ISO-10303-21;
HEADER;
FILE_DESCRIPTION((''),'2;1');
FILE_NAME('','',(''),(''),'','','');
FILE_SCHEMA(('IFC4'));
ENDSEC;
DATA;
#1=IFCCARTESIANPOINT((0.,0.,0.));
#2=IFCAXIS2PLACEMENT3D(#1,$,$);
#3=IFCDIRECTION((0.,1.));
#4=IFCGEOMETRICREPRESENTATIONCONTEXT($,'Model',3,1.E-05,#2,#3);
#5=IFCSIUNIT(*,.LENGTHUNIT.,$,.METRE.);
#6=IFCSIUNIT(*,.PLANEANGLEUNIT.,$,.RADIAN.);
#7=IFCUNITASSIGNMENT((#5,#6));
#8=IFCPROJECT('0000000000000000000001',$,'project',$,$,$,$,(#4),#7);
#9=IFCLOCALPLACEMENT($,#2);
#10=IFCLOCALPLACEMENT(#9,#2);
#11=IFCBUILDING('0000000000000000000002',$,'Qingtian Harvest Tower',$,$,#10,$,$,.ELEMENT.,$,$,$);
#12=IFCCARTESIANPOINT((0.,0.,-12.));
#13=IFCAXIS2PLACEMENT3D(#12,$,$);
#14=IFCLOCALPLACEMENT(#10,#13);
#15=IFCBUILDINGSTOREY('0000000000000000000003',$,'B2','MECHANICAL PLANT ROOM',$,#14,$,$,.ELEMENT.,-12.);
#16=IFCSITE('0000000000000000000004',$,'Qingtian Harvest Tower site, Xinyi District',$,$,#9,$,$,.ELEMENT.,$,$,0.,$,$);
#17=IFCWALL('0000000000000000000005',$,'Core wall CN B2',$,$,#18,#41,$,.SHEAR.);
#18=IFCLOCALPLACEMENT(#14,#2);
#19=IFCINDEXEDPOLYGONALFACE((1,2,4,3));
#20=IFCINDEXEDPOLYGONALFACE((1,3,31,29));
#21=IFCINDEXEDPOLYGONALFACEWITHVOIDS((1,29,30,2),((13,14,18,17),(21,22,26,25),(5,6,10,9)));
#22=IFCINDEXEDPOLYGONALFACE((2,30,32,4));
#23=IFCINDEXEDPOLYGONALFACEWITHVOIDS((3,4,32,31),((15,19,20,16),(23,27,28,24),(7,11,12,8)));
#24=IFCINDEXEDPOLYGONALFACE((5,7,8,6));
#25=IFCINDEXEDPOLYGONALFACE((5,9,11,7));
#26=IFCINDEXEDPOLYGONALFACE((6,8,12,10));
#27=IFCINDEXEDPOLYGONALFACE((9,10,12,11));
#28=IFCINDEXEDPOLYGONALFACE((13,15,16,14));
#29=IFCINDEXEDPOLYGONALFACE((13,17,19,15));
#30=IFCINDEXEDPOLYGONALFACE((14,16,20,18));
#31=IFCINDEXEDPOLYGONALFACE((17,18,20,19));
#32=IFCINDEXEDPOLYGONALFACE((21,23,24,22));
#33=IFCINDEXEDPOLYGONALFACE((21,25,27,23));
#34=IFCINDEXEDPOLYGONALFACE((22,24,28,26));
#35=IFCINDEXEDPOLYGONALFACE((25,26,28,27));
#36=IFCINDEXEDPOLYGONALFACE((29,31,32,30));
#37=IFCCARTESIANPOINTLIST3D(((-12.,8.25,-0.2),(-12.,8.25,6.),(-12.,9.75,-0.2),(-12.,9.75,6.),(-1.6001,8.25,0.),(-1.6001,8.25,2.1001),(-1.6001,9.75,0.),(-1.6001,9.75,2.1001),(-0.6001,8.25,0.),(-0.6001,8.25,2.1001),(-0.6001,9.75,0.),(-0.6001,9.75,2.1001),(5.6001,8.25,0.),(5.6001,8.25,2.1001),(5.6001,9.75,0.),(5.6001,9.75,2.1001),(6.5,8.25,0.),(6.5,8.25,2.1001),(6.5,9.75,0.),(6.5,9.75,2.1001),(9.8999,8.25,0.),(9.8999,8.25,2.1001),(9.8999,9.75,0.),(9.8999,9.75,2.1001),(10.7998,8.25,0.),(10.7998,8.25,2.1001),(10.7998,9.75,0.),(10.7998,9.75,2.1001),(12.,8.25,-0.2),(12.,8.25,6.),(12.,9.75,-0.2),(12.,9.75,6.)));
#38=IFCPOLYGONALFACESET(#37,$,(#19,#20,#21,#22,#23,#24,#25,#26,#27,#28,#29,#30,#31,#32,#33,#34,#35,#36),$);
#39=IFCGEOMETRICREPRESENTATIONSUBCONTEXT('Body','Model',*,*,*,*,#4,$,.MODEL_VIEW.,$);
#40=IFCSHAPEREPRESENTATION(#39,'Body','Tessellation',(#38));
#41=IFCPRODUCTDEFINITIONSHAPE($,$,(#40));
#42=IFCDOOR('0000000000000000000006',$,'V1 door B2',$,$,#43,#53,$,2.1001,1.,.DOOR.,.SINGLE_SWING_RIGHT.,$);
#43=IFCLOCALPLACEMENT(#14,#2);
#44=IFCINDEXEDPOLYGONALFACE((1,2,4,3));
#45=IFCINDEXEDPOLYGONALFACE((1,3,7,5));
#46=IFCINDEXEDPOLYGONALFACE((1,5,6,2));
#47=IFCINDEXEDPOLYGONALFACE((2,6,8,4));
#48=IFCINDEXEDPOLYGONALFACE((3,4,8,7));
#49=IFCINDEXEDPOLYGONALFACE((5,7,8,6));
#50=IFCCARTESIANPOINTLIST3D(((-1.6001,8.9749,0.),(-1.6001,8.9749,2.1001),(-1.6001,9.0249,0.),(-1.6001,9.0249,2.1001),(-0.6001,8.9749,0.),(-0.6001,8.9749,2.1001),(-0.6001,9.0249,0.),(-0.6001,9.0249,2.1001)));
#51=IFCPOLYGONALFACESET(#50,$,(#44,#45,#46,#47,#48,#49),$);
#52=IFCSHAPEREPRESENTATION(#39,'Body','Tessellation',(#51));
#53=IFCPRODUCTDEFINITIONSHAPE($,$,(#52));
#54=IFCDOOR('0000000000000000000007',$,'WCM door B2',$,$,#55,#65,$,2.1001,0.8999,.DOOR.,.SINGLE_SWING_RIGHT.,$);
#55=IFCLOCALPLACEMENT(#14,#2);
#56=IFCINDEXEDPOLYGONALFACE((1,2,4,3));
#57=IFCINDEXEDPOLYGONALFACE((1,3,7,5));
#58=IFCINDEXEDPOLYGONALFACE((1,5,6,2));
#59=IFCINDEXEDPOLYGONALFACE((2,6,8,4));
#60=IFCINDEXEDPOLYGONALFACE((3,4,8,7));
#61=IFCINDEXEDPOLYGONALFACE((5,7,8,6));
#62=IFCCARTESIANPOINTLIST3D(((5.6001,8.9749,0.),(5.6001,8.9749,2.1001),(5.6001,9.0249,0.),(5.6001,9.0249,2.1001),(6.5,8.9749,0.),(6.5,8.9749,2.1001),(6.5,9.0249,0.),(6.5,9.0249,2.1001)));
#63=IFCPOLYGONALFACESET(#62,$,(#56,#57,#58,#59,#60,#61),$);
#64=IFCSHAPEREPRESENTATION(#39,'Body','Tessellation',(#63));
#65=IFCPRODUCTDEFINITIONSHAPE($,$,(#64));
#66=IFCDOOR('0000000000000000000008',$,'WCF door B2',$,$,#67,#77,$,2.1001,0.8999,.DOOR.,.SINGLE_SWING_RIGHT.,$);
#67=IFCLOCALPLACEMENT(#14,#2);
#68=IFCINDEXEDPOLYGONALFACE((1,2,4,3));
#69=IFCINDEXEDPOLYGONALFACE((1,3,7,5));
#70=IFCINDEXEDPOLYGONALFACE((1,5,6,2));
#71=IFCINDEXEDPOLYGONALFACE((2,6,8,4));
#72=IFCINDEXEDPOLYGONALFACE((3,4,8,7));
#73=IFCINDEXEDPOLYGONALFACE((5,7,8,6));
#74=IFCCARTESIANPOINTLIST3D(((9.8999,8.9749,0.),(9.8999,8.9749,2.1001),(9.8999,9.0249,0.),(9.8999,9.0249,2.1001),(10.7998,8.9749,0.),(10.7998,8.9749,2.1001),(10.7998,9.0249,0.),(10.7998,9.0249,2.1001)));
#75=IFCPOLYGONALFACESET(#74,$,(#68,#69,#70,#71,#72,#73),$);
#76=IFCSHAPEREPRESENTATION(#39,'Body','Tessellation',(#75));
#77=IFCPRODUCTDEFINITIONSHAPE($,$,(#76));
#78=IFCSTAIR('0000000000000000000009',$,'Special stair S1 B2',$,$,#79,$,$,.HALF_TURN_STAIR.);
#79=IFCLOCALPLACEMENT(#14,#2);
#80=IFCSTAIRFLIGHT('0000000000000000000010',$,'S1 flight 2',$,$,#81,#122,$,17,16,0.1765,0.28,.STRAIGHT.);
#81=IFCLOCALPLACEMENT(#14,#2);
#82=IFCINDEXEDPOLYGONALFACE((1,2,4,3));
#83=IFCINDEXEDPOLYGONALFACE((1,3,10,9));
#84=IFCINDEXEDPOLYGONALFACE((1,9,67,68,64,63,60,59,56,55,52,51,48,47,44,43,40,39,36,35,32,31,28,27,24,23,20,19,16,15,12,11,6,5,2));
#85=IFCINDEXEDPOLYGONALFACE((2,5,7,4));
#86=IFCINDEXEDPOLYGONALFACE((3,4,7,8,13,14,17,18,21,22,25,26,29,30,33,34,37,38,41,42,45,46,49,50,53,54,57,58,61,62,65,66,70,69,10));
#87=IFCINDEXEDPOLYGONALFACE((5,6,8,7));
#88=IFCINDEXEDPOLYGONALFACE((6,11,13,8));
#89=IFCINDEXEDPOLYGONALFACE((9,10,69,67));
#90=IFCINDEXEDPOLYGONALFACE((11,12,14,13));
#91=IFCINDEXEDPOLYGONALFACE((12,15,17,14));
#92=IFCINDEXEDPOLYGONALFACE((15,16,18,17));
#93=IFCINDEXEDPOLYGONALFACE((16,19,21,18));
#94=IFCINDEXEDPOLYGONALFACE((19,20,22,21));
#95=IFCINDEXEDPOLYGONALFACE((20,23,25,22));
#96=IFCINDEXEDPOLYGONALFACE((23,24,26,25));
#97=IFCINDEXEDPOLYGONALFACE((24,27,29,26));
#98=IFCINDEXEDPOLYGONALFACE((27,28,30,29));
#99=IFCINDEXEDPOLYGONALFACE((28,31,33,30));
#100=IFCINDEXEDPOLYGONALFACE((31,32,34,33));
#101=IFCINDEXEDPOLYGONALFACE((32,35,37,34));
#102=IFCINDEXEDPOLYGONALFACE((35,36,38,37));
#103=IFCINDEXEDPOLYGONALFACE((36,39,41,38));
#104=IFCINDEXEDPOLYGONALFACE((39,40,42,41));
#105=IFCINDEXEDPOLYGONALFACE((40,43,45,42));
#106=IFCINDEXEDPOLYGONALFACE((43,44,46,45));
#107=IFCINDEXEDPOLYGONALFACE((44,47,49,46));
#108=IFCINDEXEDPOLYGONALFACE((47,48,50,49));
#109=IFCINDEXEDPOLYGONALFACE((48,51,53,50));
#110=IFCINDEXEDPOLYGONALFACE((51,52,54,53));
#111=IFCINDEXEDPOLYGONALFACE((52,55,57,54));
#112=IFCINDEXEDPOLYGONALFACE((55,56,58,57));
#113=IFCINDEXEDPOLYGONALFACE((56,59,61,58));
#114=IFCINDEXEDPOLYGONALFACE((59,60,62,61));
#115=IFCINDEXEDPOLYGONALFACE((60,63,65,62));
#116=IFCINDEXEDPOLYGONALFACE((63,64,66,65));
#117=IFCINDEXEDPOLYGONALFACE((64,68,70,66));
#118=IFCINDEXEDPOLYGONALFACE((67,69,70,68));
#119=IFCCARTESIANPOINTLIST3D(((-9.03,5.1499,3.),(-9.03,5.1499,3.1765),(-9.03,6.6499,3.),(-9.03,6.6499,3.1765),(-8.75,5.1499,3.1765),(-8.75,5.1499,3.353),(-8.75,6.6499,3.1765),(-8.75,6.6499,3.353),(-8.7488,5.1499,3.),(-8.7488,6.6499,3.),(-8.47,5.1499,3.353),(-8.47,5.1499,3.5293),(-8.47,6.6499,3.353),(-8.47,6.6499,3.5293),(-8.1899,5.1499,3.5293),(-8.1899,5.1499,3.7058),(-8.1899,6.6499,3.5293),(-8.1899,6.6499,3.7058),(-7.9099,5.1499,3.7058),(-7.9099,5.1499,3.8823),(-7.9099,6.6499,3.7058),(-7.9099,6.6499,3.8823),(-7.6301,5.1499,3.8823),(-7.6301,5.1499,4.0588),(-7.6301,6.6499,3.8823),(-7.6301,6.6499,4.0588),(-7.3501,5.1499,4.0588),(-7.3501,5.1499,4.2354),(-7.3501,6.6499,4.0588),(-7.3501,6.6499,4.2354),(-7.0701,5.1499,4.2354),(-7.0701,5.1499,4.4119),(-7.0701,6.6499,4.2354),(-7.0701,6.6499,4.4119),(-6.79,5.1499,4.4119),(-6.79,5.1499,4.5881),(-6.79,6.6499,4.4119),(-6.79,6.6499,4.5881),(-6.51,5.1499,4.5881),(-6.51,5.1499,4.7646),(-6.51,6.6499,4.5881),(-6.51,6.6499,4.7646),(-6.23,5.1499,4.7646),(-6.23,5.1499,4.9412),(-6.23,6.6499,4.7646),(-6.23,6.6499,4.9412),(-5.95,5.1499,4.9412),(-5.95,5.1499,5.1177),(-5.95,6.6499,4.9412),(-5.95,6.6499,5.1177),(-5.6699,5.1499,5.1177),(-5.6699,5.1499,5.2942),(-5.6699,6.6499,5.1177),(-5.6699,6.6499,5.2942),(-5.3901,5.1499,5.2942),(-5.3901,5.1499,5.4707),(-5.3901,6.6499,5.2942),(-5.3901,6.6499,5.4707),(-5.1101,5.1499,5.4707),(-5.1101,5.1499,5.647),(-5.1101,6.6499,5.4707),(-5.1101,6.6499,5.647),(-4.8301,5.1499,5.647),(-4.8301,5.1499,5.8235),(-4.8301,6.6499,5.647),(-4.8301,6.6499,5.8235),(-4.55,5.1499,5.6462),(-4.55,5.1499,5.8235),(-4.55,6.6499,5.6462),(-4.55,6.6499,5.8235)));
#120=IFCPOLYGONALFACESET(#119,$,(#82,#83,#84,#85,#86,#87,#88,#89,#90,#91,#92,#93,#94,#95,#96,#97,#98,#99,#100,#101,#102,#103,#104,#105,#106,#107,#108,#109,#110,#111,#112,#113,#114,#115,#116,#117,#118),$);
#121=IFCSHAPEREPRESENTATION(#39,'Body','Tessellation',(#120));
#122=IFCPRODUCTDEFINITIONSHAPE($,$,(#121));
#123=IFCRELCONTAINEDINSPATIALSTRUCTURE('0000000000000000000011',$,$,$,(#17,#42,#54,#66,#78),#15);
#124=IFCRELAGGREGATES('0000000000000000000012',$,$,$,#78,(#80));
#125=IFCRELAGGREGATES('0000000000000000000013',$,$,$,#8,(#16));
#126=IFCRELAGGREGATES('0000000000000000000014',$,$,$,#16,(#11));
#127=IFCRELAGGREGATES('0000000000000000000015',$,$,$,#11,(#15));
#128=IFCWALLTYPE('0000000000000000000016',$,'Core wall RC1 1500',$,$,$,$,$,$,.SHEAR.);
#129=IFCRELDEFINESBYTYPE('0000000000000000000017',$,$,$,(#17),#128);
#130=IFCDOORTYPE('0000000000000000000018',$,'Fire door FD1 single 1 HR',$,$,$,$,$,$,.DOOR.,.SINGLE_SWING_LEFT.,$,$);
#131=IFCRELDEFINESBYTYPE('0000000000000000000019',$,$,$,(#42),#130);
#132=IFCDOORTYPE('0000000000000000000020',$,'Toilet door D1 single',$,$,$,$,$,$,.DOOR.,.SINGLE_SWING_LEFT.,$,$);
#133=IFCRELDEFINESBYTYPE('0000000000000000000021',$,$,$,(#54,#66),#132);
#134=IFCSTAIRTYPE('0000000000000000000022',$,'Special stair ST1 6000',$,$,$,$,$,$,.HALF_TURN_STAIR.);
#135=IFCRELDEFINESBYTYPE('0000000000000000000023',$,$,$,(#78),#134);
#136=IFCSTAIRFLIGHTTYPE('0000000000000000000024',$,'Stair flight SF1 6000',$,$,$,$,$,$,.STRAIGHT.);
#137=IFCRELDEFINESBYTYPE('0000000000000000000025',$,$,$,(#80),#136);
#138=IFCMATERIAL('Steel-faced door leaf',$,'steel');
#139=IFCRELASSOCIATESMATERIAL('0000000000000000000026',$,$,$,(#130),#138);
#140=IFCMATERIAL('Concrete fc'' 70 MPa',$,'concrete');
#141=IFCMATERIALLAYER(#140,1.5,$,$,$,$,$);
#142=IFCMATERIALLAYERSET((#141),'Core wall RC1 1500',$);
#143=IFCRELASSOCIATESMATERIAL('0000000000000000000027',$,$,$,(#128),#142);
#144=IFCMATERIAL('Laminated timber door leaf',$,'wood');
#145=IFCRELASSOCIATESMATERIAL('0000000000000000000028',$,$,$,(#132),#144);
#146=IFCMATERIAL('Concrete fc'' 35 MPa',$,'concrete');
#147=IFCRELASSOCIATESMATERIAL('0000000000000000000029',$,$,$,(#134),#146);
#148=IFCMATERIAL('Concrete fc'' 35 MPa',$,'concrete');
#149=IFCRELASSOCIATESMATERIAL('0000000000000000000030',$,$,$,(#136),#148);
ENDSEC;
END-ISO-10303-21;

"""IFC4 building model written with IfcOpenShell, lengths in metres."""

from ifc_helpers import new_model, si_unit, direction, frame, frame_2d, origin, place, context, subcontext, project, spatial, polyline, rectangle, outline, extrude, material, layer, layer_set, type_object, element, fill, aggregate, save


model = new_model("IFC4")

# Units and contexts
model_context = context("Model", 3, precision=1e-05, world=origin(), true_north=direction((0.0, 1.0)))
body_context = subcontext(model_context, "Body", "Model", "MODEL_VIEW")
ifc_project = project(units=[si_unit("LENGTHUNIT", "METRE"), si_unit("PLANEANGLEUNIT", "RADIAN")], contexts=[model_context])

# Site, building, storey
site_placement = place(None, origin())
site = spatial("IfcSite", under=ifc_project, at=site_placement, Name="Qingtian Harvest Tower site, Xinyi District", CompositionType="ELEMENT", RefElevation=0.0)
building_placement = place(site_placement, origin())
building = spatial("IfcBuilding", under=site, at=building_placement, Name="Qingtian Harvest Tower", CompositionType="ELEMENT")
storey_placement = place(building_placement, frame((0.0, 0.0, -12.0)))
storey = spatial("IfcBuildingStorey", under=building, at=storey_placement, Name="B2", Description="MECHANICAL PLANT ROOM", CompositionType="ELEMENT", Elevation=-12.0)

# Wall, openings, doors
ifc_material_1 = material(Name="Steel-faced door leaf", Category="steel")
door_type_1 = type_object("IfcDoorType", Name="Fire door FD1 single 1 HR", OperationType="SINGLE_SWING_LEFT", PredefinedType="DOOR", material=ifc_material_1)
ifc_material_2 = material(Name="Concrete fc' 70 MPa", Category="concrete")
ifc_layer_1 = layer(ifc_material_2, 1.5)
ifc_layer_set_1 = layer_set([ifc_layer_1], Name="Core wall RC1 1500")
wall_type_1 = type_object("IfcWallType", Name="Core wall RC1 1500", PredefinedType="SHEAR", material=ifc_layer_set_1)
wall_1_placement = place(storey_placement, frame((-12.0, 9.0, -0.2), z_axis=(0.0, 0.0, 1.0), x_axis=(1.0, 0.0, 0.0)))
wall_1 = element("IfcWall", 1, at=wall_1_placement, inside=storey, type_object=wall_type_1, Name="Core wall CN B2", PredefinedType="SHEAR", context=body_context, shape_type="SweptSolid", body=[
    extrude(rectangle(XDim=24.0, YDim=1.5, at=frame_2d((12.0, 0.0))), origin(), (0.0, 0.0, 1.0), 6.2),
])
opening_1_placement = place(wall_1_placement, frame((10.3999, 0.0, 0.2)))
opening_1 = element("IfcOpeningElement", 2, at=opening_1_placement, cuts=wall_1, PredefinedType="OPENING", context=body_context, shape_type="SweptSolid", body=[
    extrude(rectangle(XDim=1.0, YDim=2.1001, at=frame_2d((0.5, 1.05))), frame((0.0, 0.76, 0.0), z_axis=(0.0, -1.0, 0.0), x_axis=(1.0, 0.0, 0.0)), (0.0, 0.0, 1.0), 1.52),
])
opening_2_placement = place(wall_1_placement, frame((17.6001, 0.0, 0.2)))
opening_2 = element("IfcOpeningElement", 3, at=opening_2_placement, cuts=wall_1, PredefinedType="OPENING", context=body_context, shape_type="SweptSolid", body=[
    extrude(rectangle(XDim=0.8999, YDim=2.1001, at=frame_2d((0.45, 1.05))), frame((0.0, 0.76, 0.0), z_axis=(0.0, -1.0, 0.0), x_axis=(1.0, 0.0, 0.0)), (0.0, 0.0, 1.0), 1.52),
])
opening_3_placement = place(wall_1_placement, frame((21.8999, 0.0, 0.2)))
opening_3 = element("IfcOpeningElement", 4, at=opening_3_placement, cuts=wall_1, PredefinedType="OPENING", context=body_context, shape_type="SweptSolid", body=[
    extrude(rectangle(XDim=0.8999, YDim=2.1001, at=frame_2d((0.45, 1.05))), frame((0.0, 0.76, 0.0), z_axis=(0.0, -1.0, 0.0), x_axis=(1.0, 0.0, 0.0)), (0.0, 0.0, 1.0), 1.52),
])
door_1_placement = place(opening_1_placement, origin())
door_1 = element("IfcDoor", 5, at=door_1_placement, inside=storey, type_object=door_type_1, Name="V1 door B2", OperationType="SINGLE_SWING_RIGHT", OverallHeight=2.1001, OverallWidth=1.0, PredefinedType="DOOR", context=body_context, shape_type="SweptSolid", body=[
    extrude(rectangle(XDim=1.0, YDim=2.1001, at=frame_2d((0.5, 1.05))), frame((0.0, 0.0249, 0.0), z_axis=(0.0, -1.0, 0.0), x_axis=(1.0, 0.0, 0.0)), (0.0, 0.0, 1.0), 0.05),
])
fill(opening_1, door_1)
ifc_material_3 = material(Name="Laminated timber door leaf", Category="wood")
door_type_2 = type_object("IfcDoorType", Name="Toilet door D1 single", OperationType="SINGLE_SWING_LEFT", PredefinedType="DOOR", material=ifc_material_3)
door_2_placement = place(opening_2_placement, origin())
door_2 = element("IfcDoor", 6, at=door_2_placement, inside=storey, type_object=door_type_2, Name="WCM door B2", OperationType="SINGLE_SWING_RIGHT", OverallHeight=2.1001, OverallWidth=0.8999, PredefinedType="DOOR", context=body_context, shape_type="SweptSolid", body=[
    extrude(rectangle(XDim=0.8999, YDim=2.1001, at=frame_2d((0.45, 1.05))), frame((0.0, 0.0249, 0.0), z_axis=(0.0, -1.0, 0.0), x_axis=(1.0, 0.0, 0.0)), (0.0, 0.0, 1.0), 0.05),
])
fill(opening_2, door_2)
door_3_placement = place(opening_3_placement, origin())
door_3 = element("IfcDoor", 7, at=door_3_placement, inside=storey, type_object=door_type_2, Name="WCF door B2", OperationType="SINGLE_SWING_RIGHT", OverallHeight=2.1001, OverallWidth=0.8999, PredefinedType="DOOR", context=body_context, shape_type="SweptSolid", body=[
    extrude(rectangle(XDim=0.8999, YDim=2.1001, at=frame_2d((0.45, 1.05))), frame((0.0, 0.0249, 0.0), z_axis=(0.0, -1.0, 0.0), x_axis=(1.0, 0.0, 0.0)), (0.0, 0.0, 1.0), 0.05),
])
fill(opening_3, door_3)

# Stair, stair flight
ifc_material_4 = material(Name="Concrete fc' 35 MPa", Category="concrete")
stair_type = type_object("IfcStairType", Name="Special stair ST1 6000", PredefinedType="HALF_TURN_STAIR", material=ifc_material_4)
stair_placement = place(storey_placement, origin())
stair = element("IfcStair", 8, at=stair_placement, inside=storey, type_object=stair_type, Name="Special stair S1 B2", PredefinedType="HALF_TURN_STAIR")
ifc_material_5 = material(Name="Concrete fc' 35 MPa", Category="concrete")
stair_flight_type = type_object("IfcStairFlightType", Name="Stair flight SF1 6000", PredefinedType="STRAIGHT", material=ifc_material_5)
stair_flight_placement = place(storey_placement, frame((-9.03, 5.8999, 3.0), z_axis=(0.0, 0.0, 1.0), x_axis=(1.0, 0.0, 0.0)))
stair_flight = element("IfcStairFlight", 9, at=stair_flight_placement, type_object=stair_flight_type, Name="S1 flight 2", NumberOfRisers=17, NumberOfTreads=16, PredefinedType="STRAIGHT", RiserHeight=0.1765, TreadLength=0.28, context=body_context, shape_type="SweptSolid", body=[
    extrude(outline(polyline([(0.0, 0.0), (0.0, 0.1765), (0.28, 0.1765), (0.28, 0.353), (0.5601, 0.353), (0.5601, 0.5293), (0.8401, 0.5293), (0.8401, 0.7058), (1.1201, 0.7058), (1.1201, 0.8823), (1.3999, 0.8823), (1.3999, 1.0588), (1.6799, 1.0588), (1.6799, 1.2354), (1.96, 1.2354), (1.96, 1.4119), (2.24, 1.4119), (2.24, 1.5881), (2.52, 1.5881), (2.52, 1.7646), (2.8, 1.7646), (2.8, 1.9412), (3.0801, 1.9412), (3.0801, 2.1177), (3.3601, 2.1177), (3.3601, 2.2942), (3.6399, 2.2942), (3.6399, 2.4707), (3.9199, 2.4707), (3.9199, 2.647), (4.2, 2.647), (4.2, 2.8235), (4.48, 2.8235), (4.48, 3.0), (4.48, 2.6462), (0.2812, 0.0), (0.0, 0.0)])), frame((0.0, 0.75, 0.0), z_axis=(0.0, -1.0, 0.0), x_axis=(1.0, 0.0, 0.0)), (0.0, 0.0, 1.0), 1.5),
])
aggregate(stair, [stair_flight])

save(model, "model.ifc")
